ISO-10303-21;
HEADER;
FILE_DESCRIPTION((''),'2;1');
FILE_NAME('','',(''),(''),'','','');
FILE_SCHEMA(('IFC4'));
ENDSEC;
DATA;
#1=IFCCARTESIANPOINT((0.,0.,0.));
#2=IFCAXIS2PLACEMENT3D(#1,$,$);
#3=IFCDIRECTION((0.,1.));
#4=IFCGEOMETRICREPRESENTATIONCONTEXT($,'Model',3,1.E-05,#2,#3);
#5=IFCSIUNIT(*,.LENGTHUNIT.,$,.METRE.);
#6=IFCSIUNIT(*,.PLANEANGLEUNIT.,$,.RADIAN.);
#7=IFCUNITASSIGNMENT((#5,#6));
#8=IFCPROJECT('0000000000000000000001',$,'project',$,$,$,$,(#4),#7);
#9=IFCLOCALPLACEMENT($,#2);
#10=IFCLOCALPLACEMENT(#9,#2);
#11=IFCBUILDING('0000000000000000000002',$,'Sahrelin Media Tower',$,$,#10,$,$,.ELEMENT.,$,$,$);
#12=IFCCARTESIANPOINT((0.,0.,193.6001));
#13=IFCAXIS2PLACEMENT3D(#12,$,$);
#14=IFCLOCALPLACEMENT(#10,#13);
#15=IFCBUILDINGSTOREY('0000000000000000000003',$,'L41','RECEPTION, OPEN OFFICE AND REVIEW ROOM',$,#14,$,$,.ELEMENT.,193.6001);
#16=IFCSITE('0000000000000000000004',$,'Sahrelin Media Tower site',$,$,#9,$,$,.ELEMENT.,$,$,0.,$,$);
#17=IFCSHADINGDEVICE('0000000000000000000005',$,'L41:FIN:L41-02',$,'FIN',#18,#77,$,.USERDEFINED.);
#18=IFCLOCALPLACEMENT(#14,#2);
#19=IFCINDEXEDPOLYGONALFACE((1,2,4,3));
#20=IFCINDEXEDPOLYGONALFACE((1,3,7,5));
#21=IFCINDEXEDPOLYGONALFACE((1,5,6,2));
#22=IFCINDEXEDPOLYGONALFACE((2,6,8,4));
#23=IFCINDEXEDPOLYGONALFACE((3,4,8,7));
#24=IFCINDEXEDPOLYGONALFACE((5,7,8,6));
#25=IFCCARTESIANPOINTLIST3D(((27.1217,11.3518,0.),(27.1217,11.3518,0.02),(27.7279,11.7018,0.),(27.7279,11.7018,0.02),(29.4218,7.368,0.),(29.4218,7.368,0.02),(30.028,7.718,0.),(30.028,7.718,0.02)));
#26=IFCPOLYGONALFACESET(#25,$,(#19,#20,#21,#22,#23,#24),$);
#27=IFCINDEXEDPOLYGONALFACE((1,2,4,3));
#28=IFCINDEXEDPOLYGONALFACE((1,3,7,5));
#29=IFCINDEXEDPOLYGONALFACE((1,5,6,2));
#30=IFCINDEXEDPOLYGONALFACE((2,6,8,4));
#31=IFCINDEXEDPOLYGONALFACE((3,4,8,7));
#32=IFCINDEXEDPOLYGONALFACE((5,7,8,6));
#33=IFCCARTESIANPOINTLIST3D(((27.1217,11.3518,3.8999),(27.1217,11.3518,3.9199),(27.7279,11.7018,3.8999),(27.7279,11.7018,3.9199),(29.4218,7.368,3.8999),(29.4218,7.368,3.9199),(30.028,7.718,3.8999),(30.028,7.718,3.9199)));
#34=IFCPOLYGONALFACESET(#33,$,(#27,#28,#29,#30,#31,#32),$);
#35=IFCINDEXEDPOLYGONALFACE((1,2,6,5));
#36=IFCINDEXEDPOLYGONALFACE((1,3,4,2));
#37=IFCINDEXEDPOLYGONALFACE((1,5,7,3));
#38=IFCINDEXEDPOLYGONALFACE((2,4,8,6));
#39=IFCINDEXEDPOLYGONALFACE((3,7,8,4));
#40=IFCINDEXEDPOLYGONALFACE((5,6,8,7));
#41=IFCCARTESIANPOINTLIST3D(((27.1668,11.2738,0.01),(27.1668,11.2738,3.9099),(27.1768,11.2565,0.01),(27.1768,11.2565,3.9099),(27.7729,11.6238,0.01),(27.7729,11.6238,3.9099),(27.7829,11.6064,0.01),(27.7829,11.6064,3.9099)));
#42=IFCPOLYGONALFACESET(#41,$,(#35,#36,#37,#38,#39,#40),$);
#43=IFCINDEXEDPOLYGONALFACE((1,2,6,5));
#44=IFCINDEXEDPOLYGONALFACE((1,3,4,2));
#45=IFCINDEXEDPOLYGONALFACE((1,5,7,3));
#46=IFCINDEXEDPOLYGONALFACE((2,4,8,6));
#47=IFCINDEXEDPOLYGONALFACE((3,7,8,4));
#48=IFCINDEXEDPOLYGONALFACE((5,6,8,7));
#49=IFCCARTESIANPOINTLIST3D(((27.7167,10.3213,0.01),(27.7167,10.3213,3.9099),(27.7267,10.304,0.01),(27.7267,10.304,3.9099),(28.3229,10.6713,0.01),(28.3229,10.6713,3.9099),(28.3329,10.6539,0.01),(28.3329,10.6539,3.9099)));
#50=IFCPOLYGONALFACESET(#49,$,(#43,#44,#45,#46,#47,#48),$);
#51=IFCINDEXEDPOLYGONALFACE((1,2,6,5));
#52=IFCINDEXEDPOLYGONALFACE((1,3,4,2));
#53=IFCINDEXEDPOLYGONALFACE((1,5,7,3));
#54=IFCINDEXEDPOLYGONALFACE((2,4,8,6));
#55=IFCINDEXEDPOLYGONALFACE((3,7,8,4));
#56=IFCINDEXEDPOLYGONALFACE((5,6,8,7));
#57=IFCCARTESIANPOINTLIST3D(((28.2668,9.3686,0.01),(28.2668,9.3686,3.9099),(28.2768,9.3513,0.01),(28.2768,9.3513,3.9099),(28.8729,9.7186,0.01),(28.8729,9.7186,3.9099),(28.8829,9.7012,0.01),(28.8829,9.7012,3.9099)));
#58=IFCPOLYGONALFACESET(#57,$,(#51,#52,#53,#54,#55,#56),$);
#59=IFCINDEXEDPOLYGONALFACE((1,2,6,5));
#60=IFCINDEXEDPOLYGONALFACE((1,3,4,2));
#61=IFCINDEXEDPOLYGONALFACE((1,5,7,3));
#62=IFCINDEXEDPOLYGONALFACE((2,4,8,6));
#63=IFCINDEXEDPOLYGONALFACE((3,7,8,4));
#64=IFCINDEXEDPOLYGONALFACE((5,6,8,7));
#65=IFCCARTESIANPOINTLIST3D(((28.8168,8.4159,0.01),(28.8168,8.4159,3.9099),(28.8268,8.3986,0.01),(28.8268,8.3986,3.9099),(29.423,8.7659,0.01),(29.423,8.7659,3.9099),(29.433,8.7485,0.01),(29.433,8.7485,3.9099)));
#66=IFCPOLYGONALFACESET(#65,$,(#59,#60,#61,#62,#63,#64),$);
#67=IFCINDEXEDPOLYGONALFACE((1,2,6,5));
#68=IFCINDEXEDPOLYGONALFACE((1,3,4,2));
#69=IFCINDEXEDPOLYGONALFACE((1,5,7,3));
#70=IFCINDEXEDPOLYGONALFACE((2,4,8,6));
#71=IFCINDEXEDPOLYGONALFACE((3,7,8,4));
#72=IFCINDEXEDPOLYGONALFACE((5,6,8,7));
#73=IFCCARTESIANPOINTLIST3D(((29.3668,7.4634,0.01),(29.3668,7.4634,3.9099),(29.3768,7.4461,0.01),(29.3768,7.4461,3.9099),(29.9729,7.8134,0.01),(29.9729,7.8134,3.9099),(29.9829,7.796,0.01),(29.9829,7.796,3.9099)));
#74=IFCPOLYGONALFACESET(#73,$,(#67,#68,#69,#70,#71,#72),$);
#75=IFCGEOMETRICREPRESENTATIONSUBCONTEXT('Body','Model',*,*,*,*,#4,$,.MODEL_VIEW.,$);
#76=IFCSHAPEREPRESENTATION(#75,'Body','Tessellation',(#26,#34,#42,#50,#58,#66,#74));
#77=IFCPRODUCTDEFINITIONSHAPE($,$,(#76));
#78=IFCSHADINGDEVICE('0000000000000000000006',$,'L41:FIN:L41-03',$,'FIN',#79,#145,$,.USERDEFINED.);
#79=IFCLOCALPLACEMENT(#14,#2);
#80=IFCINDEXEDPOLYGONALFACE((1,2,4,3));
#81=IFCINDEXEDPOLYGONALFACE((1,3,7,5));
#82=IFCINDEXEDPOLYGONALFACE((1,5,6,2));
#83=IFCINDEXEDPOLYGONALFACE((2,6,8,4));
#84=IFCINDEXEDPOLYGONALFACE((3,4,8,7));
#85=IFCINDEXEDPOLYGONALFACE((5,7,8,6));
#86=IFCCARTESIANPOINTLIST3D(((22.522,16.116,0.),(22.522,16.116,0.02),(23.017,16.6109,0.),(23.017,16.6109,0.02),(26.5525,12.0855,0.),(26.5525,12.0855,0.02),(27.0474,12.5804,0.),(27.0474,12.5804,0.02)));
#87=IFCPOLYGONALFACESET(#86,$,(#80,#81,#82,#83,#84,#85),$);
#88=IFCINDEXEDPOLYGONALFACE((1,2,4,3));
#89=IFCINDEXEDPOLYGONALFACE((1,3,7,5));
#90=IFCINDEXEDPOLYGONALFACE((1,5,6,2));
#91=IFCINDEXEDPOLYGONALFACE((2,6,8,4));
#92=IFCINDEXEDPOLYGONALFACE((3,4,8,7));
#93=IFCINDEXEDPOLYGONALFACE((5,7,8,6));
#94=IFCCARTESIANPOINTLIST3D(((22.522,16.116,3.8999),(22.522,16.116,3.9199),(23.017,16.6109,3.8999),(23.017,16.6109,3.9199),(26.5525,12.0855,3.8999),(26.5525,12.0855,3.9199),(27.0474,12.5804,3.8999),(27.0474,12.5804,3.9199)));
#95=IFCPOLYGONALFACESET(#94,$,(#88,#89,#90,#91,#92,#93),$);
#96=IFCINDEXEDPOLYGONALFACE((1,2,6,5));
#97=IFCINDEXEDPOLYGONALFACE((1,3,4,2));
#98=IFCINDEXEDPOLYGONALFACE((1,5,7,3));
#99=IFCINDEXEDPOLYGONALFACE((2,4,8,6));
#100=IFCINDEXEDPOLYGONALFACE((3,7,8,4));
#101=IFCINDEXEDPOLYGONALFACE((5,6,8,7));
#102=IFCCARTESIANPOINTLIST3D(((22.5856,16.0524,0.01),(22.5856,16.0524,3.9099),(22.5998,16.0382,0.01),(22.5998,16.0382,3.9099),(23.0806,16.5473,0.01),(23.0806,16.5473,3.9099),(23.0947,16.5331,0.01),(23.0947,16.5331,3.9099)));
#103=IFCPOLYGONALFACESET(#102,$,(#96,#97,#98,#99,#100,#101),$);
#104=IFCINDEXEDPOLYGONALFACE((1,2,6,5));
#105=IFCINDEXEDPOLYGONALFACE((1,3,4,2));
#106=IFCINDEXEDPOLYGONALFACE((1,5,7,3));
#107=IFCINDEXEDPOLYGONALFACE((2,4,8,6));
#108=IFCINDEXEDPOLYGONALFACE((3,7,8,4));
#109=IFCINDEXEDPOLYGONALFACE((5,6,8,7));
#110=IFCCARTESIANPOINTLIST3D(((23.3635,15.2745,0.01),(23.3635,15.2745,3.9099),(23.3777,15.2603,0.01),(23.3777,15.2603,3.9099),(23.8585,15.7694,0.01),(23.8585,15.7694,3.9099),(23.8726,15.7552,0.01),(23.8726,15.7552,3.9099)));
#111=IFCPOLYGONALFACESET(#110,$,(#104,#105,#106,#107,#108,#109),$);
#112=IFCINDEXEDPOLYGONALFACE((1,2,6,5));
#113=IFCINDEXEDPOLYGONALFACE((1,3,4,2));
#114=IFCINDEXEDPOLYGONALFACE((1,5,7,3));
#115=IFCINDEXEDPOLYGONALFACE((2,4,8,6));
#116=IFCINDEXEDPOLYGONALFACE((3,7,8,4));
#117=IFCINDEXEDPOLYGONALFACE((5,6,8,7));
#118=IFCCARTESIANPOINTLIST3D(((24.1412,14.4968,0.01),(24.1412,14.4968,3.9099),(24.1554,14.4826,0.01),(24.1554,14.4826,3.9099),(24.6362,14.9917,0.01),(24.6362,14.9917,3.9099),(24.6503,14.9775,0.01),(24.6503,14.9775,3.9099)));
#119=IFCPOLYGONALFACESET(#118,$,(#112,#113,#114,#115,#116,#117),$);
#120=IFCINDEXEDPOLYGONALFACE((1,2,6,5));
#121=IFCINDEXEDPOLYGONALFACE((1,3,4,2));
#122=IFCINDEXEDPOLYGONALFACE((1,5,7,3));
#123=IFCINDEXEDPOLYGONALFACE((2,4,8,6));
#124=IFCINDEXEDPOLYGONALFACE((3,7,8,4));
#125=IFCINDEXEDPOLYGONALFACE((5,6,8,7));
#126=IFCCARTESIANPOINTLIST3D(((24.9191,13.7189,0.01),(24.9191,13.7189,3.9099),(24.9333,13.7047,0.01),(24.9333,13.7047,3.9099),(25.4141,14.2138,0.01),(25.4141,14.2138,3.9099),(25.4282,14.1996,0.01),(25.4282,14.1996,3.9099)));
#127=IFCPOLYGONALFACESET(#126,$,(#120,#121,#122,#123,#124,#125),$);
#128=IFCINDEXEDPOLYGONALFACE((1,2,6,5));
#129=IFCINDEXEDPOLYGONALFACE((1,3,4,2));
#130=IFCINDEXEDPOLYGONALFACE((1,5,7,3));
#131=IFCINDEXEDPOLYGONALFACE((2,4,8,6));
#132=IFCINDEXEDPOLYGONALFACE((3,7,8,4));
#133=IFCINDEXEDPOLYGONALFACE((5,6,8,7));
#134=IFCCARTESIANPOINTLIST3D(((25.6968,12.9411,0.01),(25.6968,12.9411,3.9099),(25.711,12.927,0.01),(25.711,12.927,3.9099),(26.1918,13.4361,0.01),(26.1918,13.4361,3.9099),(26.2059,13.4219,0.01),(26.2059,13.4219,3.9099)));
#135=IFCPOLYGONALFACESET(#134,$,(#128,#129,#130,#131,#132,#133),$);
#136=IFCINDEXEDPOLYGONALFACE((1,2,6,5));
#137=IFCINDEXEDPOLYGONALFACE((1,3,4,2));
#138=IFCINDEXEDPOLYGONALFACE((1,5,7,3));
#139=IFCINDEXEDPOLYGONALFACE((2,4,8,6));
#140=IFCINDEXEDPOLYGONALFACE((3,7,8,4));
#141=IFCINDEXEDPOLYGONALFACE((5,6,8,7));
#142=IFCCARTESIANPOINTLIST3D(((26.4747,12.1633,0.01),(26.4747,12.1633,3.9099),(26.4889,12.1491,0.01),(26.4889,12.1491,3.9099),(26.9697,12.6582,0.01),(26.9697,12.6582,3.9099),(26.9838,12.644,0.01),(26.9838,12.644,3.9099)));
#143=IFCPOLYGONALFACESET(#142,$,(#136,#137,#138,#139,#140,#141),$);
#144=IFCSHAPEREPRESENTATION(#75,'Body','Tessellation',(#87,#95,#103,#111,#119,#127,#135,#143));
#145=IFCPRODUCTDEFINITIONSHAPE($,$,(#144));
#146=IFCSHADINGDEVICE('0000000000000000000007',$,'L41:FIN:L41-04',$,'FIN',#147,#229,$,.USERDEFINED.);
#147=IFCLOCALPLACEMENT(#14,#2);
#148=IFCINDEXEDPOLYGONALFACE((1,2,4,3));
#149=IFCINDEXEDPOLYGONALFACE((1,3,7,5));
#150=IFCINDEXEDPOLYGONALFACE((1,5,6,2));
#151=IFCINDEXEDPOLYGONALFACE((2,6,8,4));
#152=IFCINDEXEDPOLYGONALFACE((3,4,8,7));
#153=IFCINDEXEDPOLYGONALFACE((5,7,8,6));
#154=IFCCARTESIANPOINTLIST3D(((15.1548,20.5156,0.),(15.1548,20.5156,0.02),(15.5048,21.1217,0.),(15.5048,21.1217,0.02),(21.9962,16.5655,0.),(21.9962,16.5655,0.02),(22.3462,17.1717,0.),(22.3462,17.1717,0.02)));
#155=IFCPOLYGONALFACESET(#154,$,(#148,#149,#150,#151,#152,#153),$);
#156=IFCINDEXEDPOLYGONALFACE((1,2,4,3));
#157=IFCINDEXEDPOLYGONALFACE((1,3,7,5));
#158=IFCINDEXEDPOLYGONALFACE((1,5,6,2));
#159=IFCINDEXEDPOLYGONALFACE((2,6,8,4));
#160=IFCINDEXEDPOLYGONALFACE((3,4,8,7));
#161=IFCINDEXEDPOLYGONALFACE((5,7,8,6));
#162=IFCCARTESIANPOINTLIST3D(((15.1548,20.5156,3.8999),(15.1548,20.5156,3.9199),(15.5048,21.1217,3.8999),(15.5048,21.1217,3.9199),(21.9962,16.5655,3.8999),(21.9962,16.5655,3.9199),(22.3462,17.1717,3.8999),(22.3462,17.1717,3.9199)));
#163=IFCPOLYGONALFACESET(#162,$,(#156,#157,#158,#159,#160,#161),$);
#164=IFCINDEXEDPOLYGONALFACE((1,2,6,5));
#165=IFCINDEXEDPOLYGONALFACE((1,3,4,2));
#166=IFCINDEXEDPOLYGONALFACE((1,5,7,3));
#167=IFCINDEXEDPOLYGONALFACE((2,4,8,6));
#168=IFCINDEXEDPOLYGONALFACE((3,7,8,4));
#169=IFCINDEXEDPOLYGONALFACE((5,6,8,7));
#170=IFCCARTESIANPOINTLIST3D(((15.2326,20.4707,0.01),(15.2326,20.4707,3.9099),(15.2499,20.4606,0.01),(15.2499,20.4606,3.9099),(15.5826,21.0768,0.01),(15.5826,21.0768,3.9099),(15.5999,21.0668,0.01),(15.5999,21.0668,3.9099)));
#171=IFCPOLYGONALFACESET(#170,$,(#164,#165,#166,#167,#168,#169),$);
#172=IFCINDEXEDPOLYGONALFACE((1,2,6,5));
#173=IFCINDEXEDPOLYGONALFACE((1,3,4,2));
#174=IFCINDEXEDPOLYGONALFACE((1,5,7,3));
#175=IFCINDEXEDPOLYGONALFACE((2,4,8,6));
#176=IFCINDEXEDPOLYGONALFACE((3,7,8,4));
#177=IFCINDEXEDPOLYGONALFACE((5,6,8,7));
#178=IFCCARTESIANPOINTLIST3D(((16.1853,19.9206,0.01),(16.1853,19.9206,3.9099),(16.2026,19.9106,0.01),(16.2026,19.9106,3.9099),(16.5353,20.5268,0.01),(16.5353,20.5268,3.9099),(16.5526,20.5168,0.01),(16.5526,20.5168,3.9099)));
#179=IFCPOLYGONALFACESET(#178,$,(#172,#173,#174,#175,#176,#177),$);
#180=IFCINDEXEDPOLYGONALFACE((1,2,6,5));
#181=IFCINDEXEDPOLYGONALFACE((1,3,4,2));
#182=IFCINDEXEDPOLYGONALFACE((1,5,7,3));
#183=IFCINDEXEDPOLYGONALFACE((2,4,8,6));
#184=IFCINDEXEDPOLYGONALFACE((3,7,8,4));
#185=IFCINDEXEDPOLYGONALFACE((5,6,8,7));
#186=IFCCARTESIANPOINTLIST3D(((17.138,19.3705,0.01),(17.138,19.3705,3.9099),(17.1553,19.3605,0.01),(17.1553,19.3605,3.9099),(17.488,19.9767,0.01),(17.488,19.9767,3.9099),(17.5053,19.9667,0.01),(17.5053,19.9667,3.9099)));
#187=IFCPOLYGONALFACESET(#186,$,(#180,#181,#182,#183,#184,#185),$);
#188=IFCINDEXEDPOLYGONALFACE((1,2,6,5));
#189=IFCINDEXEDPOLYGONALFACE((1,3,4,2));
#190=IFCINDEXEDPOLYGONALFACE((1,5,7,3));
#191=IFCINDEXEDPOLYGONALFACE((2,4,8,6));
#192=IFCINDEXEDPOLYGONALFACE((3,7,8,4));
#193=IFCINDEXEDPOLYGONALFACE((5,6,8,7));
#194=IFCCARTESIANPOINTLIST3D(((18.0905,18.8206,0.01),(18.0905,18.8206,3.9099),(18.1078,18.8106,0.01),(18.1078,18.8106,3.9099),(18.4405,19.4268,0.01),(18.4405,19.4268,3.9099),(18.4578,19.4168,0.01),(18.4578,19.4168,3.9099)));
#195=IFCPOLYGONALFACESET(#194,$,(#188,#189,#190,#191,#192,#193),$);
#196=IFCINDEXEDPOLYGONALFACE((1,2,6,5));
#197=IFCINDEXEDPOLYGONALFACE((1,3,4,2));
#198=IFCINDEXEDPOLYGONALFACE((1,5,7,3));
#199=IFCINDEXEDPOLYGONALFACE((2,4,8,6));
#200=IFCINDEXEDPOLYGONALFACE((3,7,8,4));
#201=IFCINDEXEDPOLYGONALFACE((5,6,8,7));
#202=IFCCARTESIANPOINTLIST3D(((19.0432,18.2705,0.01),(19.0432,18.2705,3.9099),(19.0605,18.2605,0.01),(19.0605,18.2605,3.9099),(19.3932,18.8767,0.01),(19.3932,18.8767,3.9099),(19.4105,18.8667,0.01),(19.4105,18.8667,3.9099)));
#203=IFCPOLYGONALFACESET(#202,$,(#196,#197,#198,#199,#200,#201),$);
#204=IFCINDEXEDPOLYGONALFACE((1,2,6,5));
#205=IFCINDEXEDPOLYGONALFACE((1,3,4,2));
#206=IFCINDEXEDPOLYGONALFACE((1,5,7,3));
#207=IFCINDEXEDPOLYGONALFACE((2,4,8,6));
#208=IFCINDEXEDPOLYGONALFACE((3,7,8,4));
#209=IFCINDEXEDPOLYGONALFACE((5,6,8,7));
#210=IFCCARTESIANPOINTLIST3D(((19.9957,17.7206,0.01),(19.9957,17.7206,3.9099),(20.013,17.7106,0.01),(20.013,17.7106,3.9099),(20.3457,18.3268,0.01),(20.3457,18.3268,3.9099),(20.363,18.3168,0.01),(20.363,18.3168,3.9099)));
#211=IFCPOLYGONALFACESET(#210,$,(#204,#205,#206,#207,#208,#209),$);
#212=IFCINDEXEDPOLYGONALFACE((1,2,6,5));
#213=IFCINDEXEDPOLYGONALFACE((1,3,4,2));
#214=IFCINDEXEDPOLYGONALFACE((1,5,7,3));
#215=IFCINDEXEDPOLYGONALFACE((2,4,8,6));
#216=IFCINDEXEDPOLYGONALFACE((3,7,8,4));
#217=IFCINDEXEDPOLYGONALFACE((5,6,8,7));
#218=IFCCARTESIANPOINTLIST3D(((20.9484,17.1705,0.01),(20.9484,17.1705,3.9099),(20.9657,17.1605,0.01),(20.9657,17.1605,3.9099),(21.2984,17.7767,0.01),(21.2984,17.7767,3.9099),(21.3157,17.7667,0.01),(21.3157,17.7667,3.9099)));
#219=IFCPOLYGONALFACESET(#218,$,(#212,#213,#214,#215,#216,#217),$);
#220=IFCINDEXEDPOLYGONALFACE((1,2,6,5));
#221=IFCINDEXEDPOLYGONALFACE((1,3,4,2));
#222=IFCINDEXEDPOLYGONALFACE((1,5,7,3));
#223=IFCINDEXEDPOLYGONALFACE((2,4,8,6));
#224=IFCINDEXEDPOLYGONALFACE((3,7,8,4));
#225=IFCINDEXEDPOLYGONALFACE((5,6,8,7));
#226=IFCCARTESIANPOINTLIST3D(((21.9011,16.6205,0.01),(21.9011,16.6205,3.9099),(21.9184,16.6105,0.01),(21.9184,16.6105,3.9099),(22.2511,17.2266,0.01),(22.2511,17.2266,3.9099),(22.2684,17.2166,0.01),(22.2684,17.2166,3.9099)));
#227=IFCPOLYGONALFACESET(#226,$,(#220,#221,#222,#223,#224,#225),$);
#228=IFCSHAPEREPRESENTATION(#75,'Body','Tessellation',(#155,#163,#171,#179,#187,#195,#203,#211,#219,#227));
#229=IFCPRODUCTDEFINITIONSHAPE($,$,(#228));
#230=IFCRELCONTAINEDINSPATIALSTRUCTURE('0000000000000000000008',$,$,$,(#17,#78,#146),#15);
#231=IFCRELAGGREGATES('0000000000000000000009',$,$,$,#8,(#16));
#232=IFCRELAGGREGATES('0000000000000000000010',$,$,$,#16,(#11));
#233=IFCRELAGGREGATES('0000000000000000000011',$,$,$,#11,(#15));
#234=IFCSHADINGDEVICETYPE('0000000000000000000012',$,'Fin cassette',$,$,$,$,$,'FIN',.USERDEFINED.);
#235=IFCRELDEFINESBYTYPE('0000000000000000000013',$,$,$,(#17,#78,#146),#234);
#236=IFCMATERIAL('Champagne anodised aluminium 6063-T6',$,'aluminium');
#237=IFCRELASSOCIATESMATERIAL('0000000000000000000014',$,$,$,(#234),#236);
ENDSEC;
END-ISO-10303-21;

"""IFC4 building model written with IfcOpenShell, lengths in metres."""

from ifc_helpers import new_model, si_unit, direction, frame, origin, origin_2d, place, context, subcontext, project, spatial, rectangle, extrude, material, type_object, element, save


model = new_model("IFC4")

# Units and contexts
model_context = context("Model", 3, precision=1e-05, world=origin(), true_north=direction((0.0, 1.0)))
body_context = subcontext(model_context, "Body", "Model", "MODEL_VIEW")
ifc_project = project(units=[si_unit("LENGTHUNIT", "METRE"), si_unit("PLANEANGLEUNIT", "RADIAN")], contexts=[model_context])

# Site, building, storey
site_placement = place(None, origin())
site = spatial("IfcSite", under=ifc_project, at=site_placement, Name="Sahrelin Media Tower site", CompositionType="ELEMENT", RefElevation=0.0)
building_placement = place(site_placement, origin())
building = spatial("IfcBuilding", under=site, at=building_placement, Name="Sahrelin Media Tower", CompositionType="ELEMENT")
storey_placement = place(building_placement, frame((0.0, 0.0, 193.6001)))
storey = spatial("IfcBuildingStorey", under=building, at=storey_placement, Name="L41", Description="RECEPTION, OPEN OFFICE AND REVIEW ROOM", CompositionType="ELEMENT", Elevation=193.6001)

# Shared definitions
ifc_material_1 = material(Name="Champagne anodised aluminium 6063-T6", Category="aluminium")

# Shading devices
shading_device_type_1 = type_object("IfcShadingDeviceType", Name="Fin cassette", ElementType="FIN", PredefinedType="USERDEFINED", material=ifc_material_1)
placement_1 = place(storey_placement, frame((28.2112, 9.325, 0.0), z_axis=(0.0, 0.0, 1.0), x_axis=(0.500011, -0.866019, 0.0)))
element("IfcShadingDevice", 1, at=placement_1, inside=storey, type_object=shading_device_type_1, Name="L41:FIN:L41-02", ObjectType="FIN", PredefinedType="USERDEFINED", context=body_context, shape_type="SweptSolid", body=[
    extrude(rectangle(XDim=4.6001, YDim=0.7, at=origin_2d()), frame((0.0, 0.4199, 0.0)), (0.0, 0.0, 1.0), 0.02),
    extrude(rectangle(XDim=4.6001, YDim=0.7, at=origin_2d()), frame((0.0, 0.4199, 3.8999)), (0.0, 0.0, 1.0), 0.02),
    extrude(rectangle(XDim=0.02, YDim=0.7, at=origin_2d()), frame((-2.2, 0.4199, 0.01), z_axis=(0.0, 0.0, 1.0), x_axis=(1.0, 0.0, 0.0)), (0.0, 0.0, 1.0), 3.8999),
    extrude(rectangle(XDim=0.02, YDim=0.7, at=origin_2d()), frame((-1.1001, 0.4199, 0.01), z_axis=(0.0, 0.0, 1.0), x_axis=(1.0, 0.0, 0.0)), (0.0, 0.0, 1.0), 3.8999),
    extrude(rectangle(XDim=0.02, YDim=0.7, at=origin_2d()), frame((0.0, 0.4199, 0.01), z_axis=(0.0, 0.0, 1.0), x_axis=(1.0, 0.0, 0.0)), (0.0, 0.0, 1.0), 3.8999),
    extrude(rectangle(XDim=0.02, YDim=0.7, at=origin_2d()), frame((1.1001, 0.4199, 0.01), z_axis=(0.0, 0.0, 1.0), x_axis=(1.0, 0.0, 0.0)), (0.0, 0.0, 1.0), 3.8999),
    extrude(rectangle(XDim=0.02, YDim=0.7, at=origin_2d()), frame((2.2, 0.4199, 0.01), z_axis=(0.0, 0.0, 1.0), x_axis=(1.0, 0.0, 0.0)), (0.0, 0.0, 1.0), 3.8999),
])
placement_2 = place(storey_placement, frame((24.4878, 14.0513, 0.0), z_axis=(0.0, 0.0, 1.0), x_axis=(0.707107, -0.707107, 0.0)))
element("IfcShadingDevice", 2, at=placement_2, inside=storey, type_object=shading_device_type_1, Name="L41:FIN:L41-03", ObjectType="FIN", PredefinedType="USERDEFINED", context=body_context, shape_type="SweptSolid", body=[
    extrude(rectangle(XDim=5.7, YDim=0.7, at=origin_2d()), frame((0.0, 0.4199, 0.0)), (0.0, 0.0, 1.0), 0.02),
    extrude(rectangle(XDim=5.7, YDim=0.7, at=origin_2d()), frame((0.0, 0.4199, 3.8999)), (0.0, 0.0, 1.0), 0.02),
    extrude(rectangle(XDim=0.02, YDim=0.7, at=origin_2d()), frame((-2.75, 0.4199, 0.01), z_axis=(0.0, 0.0, 1.0), x_axis=(1.0, 0.0, 0.0)), (0.0, 0.0, 1.0), 3.8999),
    extrude(rectangle(XDim=0.02, YDim=0.7, at=origin_2d()), frame((-1.6499, 0.4199, 0.01), z_axis=(0.0, 0.0, 1.0), x_axis=(1.0, 0.0, 0.0)), (0.0, 0.0, 1.0), 3.8999),
    extrude(rectangle(XDim=0.02, YDim=0.7, at=origin_2d()), frame((-0.55, 0.4199, 0.01), z_axis=(0.0, 0.0, 1.0), x_axis=(1.0, 0.0, 0.0)), (0.0, 0.0, 1.0), 3.8999),
    extrude(rectangle(XDim=0.02, YDim=0.7, at=origin_2d()), frame((0.55, 0.4199, 0.01), z_axis=(0.0, 0.0, 1.0), x_axis=(1.0, 0.0, 0.0)), (0.0, 0.0, 1.0), 3.8999),
    extrude(rectangle(XDim=0.02, YDim=0.7, at=origin_2d()), frame((1.6499, 0.4199, 0.01), z_axis=(0.0, 0.0, 1.0), x_axis=(1.0, 0.0, 0.0)), (0.0, 0.0, 1.0), 3.8999),
    extrude(rectangle(XDim=0.02, YDim=0.7, at=origin_2d()), frame((2.75, 0.4199, 0.01), z_axis=(0.0, 0.0, 1.0), x_axis=(1.0, 0.0, 0.0)), (0.0, 0.0, 1.0), 3.8999),
])
placement_3 = place(storey_placement, frame((18.5405, 18.48, 0.0), z_axis=(0.0, 0.0, 1.0), x_axis=(0.866019, -0.500011, 0.0)))
element("IfcShadingDevice", 3, at=placement_3, inside=storey, type_object=shading_device_type_1, Name="L41:FIN:L41-04", ObjectType="FIN", PredefinedType="USERDEFINED", context=body_context, shape_type="SweptSolid", body=[
    extrude(rectangle(XDim=7.8999, YDim=0.7, at=origin_2d()), frame((0.0, 0.4199, 0.0)), (0.0, 0.0, 1.0), 0.02),
    extrude(rectangle(XDim=7.8999, YDim=0.7, at=origin_2d()), frame((0.0, 0.4199, 3.8999)), (0.0, 0.0, 1.0), 0.02),
    extrude(rectangle(XDim=0.02, YDim=0.7, at=origin_2d()), frame((-3.8501, 0.4199, 0.01), z_axis=(0.0, 0.0, 1.0), x_axis=(1.0, 0.0, 0.0)), (0.0, 0.0, 1.0), 3.8999),
    extrude(rectangle(XDim=0.02, YDim=0.7, at=origin_2d()), frame((-2.75, 0.4199, 0.01), z_axis=(0.0, 0.0, 1.0), x_axis=(1.0, 0.0, 0.0)), (0.0, 0.0, 1.0), 3.8999),
    extrude(rectangle(XDim=0.02, YDim=0.7, at=origin_2d()), frame((-1.6499, 0.4199, 0.01), z_axis=(0.0, 0.0, 1.0), x_axis=(1.0, 0.0, 0.0)), (0.0, 0.0, 1.0), 3.8999),
    extrude(rectangle(XDim=0.02, YDim=0.7, at=origin_2d()), frame((-0.55, 0.4199, 0.01), z_axis=(0.0, 0.0, 1.0), x_axis=(1.0, 0.0, 0.0)), (0.0, 0.0, 1.0), 3.8999),
    extrude(rectangle(XDim=0.02, YDim=0.7, at=origin_2d()), frame((0.55, 0.4199, 0.01), z_axis=(0.0, 0.0, 1.0), x_axis=(1.0, 0.0, 0.0)), (0.0, 0.0, 1.0), 3.8999),
    extrude(rectangle(XDim=0.02, YDim=0.7, at=origin_2d()), frame((1.6499, 0.4199, 0.01), z_axis=(0.0, 0.0, 1.0), x_axis=(1.0, 0.0, 0.0)), (0.0, 0.0, 1.0), 3.8999),
    extrude(rectangle(XDim=0.02, YDim=0.7, at=origin_2d()), frame((2.75, 0.4199, 0.01), z_axis=(0.0, 0.0, 1.0), x_axis=(1.0, 0.0, 0.0)), (0.0, 0.0, 1.0), 3.8999),
    extrude(rectangle(XDim=0.02, YDim=0.7, at=origin_2d()), frame((3.8501, 0.4199, 0.01), z_axis=(0.0, 0.0, 1.0), x_axis=(1.0, 0.0, 0.0)), (0.0, 0.0, 1.0), 3.8999),
])

save(model, "model.ifc")
